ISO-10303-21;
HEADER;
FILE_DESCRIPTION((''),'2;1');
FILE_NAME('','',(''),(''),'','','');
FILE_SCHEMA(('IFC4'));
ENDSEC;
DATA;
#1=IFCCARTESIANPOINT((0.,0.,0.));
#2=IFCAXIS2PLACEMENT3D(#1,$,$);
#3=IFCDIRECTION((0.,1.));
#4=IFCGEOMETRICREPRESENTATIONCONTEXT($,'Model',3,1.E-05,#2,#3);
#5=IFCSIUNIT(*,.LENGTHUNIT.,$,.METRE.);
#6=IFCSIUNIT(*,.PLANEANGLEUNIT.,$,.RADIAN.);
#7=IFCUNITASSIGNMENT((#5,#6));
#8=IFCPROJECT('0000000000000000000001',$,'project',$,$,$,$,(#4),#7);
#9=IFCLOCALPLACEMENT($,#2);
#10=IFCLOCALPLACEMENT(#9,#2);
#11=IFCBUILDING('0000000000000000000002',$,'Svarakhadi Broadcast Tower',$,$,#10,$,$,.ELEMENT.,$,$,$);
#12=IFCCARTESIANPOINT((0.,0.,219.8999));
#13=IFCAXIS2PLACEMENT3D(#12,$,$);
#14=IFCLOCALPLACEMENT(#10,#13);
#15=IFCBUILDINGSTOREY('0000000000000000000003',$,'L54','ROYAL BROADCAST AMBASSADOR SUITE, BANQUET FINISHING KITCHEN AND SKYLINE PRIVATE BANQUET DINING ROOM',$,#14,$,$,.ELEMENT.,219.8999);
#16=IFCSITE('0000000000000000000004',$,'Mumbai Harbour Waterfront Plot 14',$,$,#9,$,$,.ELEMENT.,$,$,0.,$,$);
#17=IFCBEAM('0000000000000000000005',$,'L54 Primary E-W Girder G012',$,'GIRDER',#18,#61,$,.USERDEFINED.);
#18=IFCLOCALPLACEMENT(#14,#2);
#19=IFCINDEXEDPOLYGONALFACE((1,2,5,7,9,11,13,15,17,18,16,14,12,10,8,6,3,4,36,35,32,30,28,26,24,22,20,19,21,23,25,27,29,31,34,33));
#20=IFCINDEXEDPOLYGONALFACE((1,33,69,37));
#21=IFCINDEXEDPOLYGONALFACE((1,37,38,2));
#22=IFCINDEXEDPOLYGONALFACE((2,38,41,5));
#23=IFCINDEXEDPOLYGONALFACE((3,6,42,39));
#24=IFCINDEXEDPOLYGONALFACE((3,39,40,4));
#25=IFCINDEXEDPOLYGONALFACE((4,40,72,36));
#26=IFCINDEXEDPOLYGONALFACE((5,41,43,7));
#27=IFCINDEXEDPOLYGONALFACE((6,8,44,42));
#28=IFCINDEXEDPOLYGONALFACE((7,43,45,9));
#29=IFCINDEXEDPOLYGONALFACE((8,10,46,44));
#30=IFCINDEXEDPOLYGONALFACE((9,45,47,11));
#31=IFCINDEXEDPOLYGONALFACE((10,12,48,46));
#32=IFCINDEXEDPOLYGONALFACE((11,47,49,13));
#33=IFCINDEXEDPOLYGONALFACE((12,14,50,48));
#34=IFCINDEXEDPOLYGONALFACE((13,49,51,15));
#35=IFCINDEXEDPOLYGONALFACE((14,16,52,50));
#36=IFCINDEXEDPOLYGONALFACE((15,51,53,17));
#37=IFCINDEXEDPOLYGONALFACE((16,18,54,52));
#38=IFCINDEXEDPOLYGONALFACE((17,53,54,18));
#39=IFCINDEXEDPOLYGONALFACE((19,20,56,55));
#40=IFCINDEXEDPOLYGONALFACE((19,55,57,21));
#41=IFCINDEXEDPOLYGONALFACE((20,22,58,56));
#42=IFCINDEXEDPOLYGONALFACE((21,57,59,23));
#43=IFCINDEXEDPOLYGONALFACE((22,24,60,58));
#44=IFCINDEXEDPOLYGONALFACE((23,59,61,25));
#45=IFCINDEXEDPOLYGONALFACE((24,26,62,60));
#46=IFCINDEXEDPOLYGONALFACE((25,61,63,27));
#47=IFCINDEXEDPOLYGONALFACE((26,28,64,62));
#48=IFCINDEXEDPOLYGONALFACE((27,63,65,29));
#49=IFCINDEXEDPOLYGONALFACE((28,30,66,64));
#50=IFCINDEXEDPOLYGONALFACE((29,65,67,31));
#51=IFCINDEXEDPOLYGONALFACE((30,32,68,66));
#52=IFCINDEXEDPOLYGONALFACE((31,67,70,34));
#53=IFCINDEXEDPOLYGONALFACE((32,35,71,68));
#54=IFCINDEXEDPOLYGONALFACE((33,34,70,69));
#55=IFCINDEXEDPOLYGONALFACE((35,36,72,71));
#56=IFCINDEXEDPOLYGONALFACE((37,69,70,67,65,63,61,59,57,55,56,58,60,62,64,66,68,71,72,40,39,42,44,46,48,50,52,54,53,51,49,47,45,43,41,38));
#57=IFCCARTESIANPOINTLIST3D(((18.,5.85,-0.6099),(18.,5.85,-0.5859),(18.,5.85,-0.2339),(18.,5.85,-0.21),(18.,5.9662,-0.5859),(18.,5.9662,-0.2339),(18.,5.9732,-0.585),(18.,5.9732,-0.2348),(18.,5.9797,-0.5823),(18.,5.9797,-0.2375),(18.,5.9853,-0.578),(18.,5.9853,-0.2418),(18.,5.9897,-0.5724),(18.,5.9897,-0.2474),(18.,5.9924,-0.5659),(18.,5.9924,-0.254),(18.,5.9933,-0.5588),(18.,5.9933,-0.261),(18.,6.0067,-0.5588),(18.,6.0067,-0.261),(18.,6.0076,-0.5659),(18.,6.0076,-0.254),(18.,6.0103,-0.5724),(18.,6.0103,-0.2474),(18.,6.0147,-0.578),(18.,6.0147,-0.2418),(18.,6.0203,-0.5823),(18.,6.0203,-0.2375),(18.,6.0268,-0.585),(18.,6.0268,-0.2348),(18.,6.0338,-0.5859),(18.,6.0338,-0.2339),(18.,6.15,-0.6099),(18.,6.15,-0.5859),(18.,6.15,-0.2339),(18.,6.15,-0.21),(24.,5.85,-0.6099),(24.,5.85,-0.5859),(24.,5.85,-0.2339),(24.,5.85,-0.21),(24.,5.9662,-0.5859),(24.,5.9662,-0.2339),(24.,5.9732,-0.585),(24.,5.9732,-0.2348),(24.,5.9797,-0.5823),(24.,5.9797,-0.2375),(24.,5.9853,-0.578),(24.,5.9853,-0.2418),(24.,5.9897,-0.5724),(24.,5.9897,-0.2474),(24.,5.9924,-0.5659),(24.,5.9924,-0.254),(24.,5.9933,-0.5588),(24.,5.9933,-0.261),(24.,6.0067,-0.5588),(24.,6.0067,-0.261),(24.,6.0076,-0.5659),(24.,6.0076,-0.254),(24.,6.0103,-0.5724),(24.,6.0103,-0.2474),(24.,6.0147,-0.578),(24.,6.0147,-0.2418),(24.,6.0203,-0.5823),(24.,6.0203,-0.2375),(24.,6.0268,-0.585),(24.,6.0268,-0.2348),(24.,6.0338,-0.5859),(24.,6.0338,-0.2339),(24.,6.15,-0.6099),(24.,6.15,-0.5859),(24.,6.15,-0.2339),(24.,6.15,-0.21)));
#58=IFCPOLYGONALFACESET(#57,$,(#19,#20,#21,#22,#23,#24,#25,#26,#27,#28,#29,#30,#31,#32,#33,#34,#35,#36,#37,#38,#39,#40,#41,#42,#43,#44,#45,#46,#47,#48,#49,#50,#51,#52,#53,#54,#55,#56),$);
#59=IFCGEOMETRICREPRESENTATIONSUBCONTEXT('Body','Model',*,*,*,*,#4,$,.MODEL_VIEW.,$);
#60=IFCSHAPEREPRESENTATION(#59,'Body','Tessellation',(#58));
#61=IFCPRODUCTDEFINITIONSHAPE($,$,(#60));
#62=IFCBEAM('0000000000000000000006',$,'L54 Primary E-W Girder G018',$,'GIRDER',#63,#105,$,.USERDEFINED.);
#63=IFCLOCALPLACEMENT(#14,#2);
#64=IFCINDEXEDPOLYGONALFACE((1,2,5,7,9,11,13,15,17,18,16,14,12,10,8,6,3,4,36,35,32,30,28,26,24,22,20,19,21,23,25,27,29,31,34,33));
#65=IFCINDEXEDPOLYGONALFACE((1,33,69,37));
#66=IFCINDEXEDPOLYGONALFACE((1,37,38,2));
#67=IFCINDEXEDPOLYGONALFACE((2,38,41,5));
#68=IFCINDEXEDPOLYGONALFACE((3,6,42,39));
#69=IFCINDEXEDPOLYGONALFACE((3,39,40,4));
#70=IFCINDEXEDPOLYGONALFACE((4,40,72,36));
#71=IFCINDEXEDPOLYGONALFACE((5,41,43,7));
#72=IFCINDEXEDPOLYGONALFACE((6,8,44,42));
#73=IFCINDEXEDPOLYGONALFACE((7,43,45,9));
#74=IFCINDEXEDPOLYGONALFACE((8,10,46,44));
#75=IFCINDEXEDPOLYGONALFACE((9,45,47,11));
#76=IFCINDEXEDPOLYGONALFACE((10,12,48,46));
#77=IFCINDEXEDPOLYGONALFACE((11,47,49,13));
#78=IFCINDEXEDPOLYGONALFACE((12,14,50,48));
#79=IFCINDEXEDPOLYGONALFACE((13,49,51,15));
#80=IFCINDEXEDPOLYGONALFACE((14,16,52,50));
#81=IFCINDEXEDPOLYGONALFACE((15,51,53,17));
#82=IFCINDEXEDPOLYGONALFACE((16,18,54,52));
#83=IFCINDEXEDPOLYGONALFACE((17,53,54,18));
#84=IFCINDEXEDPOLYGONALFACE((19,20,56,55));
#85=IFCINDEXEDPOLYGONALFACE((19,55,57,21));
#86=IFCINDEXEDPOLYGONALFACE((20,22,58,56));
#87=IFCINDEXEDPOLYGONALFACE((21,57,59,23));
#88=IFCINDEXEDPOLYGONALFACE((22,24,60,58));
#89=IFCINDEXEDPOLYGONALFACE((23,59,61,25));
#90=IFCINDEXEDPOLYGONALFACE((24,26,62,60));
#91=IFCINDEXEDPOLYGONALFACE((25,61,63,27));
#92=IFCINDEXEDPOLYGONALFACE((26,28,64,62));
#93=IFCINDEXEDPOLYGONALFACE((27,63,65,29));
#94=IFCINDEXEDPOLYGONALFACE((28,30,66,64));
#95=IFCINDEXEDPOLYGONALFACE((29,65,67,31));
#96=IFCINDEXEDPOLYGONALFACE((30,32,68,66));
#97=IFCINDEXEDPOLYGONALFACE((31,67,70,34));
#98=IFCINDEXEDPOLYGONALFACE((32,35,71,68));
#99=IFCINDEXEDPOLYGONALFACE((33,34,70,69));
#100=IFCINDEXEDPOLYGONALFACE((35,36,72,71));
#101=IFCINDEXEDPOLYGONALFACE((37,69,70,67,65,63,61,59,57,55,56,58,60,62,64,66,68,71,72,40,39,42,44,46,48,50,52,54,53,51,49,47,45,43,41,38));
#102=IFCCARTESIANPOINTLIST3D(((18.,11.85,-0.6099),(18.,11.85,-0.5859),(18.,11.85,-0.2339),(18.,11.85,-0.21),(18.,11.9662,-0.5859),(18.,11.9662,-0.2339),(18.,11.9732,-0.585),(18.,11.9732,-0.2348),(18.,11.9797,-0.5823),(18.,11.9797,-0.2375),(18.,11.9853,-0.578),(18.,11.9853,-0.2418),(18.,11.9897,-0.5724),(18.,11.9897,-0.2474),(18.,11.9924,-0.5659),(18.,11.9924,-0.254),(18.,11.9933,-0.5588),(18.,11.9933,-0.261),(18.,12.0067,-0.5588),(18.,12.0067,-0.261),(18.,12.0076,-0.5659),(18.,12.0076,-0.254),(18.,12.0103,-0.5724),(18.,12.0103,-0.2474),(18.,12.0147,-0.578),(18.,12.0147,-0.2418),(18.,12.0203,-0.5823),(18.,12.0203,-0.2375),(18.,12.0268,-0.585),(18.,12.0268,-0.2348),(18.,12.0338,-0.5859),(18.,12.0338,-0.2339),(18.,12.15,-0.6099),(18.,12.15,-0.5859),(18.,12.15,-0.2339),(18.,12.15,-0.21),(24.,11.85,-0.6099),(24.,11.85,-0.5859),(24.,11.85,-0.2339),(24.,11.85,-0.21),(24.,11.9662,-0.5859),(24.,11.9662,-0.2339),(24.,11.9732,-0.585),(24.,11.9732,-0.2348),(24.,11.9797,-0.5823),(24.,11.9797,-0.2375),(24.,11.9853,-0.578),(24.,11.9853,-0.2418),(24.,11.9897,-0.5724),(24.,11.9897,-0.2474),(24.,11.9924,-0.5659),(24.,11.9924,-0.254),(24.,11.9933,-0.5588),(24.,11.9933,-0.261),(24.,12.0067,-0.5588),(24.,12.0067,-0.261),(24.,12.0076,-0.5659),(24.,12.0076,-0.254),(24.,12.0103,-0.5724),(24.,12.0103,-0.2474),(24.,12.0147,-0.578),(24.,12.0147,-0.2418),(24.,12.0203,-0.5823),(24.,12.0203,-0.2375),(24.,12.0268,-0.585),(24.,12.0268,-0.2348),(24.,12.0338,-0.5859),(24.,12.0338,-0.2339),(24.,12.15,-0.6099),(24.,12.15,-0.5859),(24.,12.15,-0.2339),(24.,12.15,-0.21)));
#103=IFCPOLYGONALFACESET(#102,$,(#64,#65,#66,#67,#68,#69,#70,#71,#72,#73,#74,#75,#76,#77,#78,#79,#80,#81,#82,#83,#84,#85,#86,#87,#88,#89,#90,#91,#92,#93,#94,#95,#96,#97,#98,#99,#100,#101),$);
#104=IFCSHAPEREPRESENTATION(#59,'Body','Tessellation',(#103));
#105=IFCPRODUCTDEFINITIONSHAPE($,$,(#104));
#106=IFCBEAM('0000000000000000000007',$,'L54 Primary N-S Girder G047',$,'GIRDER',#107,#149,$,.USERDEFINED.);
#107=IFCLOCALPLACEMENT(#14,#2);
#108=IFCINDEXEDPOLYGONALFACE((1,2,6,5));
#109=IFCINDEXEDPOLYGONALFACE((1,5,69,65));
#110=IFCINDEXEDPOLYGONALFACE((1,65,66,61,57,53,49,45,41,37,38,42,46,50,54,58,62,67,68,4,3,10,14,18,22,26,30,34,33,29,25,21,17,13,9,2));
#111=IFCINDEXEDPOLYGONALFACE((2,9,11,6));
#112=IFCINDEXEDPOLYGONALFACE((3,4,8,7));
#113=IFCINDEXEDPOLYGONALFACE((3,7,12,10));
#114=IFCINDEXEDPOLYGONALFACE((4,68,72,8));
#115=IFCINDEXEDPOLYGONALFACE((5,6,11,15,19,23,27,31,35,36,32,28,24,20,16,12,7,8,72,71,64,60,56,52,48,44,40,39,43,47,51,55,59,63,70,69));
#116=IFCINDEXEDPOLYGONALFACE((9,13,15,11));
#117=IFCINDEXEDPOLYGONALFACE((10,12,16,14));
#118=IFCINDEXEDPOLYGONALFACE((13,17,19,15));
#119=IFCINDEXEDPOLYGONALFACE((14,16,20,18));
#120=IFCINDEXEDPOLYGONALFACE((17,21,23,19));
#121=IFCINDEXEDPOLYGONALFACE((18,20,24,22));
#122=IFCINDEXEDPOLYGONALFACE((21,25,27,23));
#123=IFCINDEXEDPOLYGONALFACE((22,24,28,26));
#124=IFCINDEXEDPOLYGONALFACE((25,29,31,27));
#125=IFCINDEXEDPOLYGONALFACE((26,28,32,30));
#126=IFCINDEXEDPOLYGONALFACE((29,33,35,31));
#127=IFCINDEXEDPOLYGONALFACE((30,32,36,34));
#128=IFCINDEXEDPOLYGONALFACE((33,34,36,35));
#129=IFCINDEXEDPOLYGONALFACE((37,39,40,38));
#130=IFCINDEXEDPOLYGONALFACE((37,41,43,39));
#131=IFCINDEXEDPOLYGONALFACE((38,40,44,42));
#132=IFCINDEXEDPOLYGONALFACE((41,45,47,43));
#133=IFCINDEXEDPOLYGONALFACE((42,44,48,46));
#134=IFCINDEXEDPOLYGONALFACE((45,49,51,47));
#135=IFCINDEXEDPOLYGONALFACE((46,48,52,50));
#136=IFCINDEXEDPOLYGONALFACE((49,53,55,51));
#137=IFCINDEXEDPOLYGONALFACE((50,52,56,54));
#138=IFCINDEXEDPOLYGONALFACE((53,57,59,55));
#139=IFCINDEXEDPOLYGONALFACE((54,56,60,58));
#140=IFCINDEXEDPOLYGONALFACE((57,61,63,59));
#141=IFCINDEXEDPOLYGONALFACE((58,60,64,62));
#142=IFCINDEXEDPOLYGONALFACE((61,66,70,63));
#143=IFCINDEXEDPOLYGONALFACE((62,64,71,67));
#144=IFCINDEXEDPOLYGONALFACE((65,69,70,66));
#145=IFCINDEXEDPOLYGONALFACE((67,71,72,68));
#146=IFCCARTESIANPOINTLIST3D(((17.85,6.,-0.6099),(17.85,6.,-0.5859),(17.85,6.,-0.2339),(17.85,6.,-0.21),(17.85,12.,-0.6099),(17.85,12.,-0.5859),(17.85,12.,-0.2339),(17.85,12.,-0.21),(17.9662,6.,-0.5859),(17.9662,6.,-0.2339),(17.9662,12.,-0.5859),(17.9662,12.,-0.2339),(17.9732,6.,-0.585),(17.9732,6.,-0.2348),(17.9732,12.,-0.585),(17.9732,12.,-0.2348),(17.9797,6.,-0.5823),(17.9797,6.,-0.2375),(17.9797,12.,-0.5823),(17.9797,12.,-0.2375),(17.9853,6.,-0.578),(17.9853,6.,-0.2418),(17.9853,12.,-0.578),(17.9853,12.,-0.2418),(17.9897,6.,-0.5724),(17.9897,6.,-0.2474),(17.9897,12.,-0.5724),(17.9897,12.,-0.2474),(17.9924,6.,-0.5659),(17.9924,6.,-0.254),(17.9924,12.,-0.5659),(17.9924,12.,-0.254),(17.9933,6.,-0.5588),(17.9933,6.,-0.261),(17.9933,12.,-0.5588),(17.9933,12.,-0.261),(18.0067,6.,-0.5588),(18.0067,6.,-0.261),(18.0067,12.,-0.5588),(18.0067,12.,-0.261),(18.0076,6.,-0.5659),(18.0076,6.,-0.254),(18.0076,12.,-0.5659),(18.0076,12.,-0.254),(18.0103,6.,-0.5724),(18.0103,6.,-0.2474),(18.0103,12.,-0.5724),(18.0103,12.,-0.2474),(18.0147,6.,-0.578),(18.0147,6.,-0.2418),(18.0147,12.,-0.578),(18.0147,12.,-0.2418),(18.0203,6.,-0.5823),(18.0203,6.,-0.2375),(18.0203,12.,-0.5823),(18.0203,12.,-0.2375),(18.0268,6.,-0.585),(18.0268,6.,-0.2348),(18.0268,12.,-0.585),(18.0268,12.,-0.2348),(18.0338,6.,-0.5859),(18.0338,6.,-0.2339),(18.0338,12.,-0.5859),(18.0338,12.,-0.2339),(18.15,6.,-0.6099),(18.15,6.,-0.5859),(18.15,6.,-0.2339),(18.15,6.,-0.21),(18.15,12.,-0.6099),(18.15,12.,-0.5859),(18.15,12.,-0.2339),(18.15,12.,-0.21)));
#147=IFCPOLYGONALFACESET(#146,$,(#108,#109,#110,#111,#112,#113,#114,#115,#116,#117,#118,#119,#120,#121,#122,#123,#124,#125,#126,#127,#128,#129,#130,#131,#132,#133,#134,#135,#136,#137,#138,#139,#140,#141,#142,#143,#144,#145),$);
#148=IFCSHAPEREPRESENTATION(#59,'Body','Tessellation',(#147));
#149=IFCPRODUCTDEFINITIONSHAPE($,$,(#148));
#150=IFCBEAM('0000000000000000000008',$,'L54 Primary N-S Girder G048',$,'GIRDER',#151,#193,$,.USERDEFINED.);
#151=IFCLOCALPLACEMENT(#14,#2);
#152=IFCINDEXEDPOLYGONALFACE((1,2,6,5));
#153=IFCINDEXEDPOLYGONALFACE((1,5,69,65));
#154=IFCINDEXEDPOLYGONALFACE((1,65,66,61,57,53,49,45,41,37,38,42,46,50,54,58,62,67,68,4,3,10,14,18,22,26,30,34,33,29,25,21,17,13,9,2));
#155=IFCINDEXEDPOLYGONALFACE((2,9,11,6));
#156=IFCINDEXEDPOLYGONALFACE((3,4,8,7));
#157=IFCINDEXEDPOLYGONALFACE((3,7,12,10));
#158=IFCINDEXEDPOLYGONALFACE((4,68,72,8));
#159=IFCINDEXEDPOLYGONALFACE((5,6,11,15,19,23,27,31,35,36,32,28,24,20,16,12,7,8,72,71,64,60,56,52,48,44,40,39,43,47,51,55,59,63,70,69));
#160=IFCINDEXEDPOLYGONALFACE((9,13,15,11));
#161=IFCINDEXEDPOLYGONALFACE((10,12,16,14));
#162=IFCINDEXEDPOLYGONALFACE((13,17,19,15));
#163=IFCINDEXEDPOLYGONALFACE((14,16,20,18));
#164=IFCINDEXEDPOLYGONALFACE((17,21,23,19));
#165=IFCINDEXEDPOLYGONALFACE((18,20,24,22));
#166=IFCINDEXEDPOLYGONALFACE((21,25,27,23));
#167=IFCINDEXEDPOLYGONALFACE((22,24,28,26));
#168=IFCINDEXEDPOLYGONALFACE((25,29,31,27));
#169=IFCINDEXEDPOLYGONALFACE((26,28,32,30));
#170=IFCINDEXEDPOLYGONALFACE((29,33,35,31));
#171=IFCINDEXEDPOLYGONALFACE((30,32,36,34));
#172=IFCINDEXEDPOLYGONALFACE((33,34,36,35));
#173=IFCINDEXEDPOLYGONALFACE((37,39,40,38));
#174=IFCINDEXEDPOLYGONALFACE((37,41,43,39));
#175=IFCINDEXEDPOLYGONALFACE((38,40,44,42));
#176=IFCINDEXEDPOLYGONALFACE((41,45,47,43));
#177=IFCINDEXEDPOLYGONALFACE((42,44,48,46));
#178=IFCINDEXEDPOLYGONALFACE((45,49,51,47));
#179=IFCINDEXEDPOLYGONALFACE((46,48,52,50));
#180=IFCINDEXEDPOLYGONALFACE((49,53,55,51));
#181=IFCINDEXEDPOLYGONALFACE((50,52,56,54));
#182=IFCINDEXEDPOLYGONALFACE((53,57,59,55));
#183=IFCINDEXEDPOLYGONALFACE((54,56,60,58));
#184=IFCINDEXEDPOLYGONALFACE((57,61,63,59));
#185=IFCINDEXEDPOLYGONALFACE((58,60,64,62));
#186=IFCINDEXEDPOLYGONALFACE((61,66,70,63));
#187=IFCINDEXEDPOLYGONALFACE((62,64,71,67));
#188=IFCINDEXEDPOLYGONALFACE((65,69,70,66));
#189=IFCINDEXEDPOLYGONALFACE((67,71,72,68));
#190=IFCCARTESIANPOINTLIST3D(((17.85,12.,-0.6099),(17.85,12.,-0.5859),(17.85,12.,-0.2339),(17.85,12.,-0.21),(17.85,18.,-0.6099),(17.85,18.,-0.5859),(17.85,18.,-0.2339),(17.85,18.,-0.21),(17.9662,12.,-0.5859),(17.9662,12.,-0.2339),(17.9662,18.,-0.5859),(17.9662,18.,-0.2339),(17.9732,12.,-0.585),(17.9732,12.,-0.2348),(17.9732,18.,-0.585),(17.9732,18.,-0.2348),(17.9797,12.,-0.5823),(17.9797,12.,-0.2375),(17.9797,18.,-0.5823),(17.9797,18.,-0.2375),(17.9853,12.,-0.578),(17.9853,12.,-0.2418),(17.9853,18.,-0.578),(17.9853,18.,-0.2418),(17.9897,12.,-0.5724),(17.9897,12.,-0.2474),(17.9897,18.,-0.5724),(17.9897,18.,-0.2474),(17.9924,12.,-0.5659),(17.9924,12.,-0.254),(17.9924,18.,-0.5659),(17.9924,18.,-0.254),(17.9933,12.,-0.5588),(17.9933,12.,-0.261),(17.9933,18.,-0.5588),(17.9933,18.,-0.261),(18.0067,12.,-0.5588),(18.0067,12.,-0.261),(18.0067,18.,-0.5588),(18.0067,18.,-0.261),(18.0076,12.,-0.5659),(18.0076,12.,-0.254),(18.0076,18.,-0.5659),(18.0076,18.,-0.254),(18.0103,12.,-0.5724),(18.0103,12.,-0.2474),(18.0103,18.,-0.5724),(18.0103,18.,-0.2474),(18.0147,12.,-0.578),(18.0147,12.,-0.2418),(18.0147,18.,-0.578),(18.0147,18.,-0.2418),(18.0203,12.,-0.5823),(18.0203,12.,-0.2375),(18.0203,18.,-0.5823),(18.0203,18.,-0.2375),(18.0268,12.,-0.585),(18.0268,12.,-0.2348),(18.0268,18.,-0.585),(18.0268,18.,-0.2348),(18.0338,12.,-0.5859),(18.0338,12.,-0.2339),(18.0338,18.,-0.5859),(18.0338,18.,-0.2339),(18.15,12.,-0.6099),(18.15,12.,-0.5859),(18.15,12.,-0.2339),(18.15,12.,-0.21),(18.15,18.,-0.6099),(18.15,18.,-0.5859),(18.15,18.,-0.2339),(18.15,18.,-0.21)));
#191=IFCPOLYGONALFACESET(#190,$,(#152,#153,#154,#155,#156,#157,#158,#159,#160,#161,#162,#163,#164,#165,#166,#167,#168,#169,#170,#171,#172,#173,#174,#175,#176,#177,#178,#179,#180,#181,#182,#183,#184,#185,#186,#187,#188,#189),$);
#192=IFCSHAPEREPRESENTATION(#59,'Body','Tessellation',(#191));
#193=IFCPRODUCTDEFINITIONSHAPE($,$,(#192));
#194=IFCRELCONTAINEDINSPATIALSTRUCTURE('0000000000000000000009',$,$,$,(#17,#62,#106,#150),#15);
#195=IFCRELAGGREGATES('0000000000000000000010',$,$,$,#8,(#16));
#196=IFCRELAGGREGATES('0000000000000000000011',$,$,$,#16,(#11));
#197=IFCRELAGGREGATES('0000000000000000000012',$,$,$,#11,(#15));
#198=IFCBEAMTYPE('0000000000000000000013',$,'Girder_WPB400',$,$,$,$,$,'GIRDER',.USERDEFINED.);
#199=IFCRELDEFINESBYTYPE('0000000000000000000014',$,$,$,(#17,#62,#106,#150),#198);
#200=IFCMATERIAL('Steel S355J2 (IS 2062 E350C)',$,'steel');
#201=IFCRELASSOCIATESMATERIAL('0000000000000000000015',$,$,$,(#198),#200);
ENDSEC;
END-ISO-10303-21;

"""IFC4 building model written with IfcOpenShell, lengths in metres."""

from ifc_helpers import new_model, si_unit, direction, frame, origin, origin_2d, place, context, subcontext, project, spatial, i_section, extrude, material, material_profile, profile_set, type_object, element, save


model = new_model("IFC4")

# Units and contexts
model_context = context("Model", 3, precision=1e-05, world=origin(), true_north=direction((0.0, 1.0)))
body_context = subcontext(model_context, "Body", "Model", "MODEL_VIEW")
ifc_project = project(units=[si_unit("LENGTHUNIT", "METRE"), si_unit("PLANEANGLEUNIT", "RADIAN")], contexts=[model_context])

# Site, building, storey
site_placement = place(None, origin())
site = spatial("IfcSite", under=ifc_project, at=site_placement, Name="Mumbai Harbour Waterfront Plot 14", CompositionType="ELEMENT", RefElevation=0.0)
building_placement = place(site_placement, origin())
building = spatial("IfcBuilding", under=site, at=building_placement, Name="Svarakhadi Broadcast Tower", CompositionType="ELEMENT")
storey_placement = place(building_placement, frame((0.0, 0.0, 219.8999)))
storey = spatial("IfcBuildingStorey", under=building, at=storey_placement, Name="L54", Description="ROYAL BROADCAST AMBASSADOR SUITE, BANQUET FINISHING KITCHEN AND SKYLINE PRIVATE BANQUET DINING ROOM", CompositionType="ELEMENT", Elevation=219.8999)

# Beams
ifc_material_1 = material(Name="Steel S355J2 (IS 2062 E350C)", Category="steel")
ifc_material_profile_1 = material_profile(ifc_material_1, i_section(OverallWidth=0.3, OverallDepth=0.3999, WebThickness=0.0134, FlangeThickness=0.0239, FilletRadius=0.0271, at=origin_2d()), Name="WPB 400x300x155")
ifc_profile_set_1 = profile_set([ifc_material_profile_1], Name="Steel S355J2 (IS 2062 E350C)")
beam_type_1 = type_object("IfcBeamType", Name="Girder_WPB400", ElementType="GIRDER", PredefinedType="USERDEFINED", material=ifc_profile_set_1)
for number, where, z_axis, x_axis, name in (
    (1, (18.0, 6.0, -0.4099), (1.0, 0.0, 0.0), (0.0, 1.0, 0.0), "L54 Primary E-W Girder G012"),
    (2, (18.0, 12.0, -0.4099), (1.0, 0.0, 0.0), (0.0, 1.0, 0.0), "L54 Primary E-W Girder G018"),
    (3, (18.0, 6.0, -0.4099), (0.0, 1.0, 0.0), (-1.0, 0.0, 0.0), "L54 Primary N-S Girder G047"),
    (4, (18.0, 12.0, -0.4099), (0.0, 1.0, 0.0), (-1.0, 0.0, 0.0), "L54 Primary N-S Girder G048"),
):
    element("IfcBeam", number, at=place(storey_placement, frame(where, z_axis=z_axis, x_axis=x_axis)), inside=storey, type_object=beam_type_1, Name=name, ObjectType="GIRDER", PredefinedType="USERDEFINED", context=body_context, shape_type="SweptSolid", body=[
        extrude(i_section(OverallWidth=0.3, OverallDepth=0.3999, WebThickness=0.0134, FlangeThickness=0.0239, FilletRadius=0.0271, at=origin_2d()), origin(), (0.0, 0.0, 1.0), 6.0),
    ])

save(model, "model.ifc")
